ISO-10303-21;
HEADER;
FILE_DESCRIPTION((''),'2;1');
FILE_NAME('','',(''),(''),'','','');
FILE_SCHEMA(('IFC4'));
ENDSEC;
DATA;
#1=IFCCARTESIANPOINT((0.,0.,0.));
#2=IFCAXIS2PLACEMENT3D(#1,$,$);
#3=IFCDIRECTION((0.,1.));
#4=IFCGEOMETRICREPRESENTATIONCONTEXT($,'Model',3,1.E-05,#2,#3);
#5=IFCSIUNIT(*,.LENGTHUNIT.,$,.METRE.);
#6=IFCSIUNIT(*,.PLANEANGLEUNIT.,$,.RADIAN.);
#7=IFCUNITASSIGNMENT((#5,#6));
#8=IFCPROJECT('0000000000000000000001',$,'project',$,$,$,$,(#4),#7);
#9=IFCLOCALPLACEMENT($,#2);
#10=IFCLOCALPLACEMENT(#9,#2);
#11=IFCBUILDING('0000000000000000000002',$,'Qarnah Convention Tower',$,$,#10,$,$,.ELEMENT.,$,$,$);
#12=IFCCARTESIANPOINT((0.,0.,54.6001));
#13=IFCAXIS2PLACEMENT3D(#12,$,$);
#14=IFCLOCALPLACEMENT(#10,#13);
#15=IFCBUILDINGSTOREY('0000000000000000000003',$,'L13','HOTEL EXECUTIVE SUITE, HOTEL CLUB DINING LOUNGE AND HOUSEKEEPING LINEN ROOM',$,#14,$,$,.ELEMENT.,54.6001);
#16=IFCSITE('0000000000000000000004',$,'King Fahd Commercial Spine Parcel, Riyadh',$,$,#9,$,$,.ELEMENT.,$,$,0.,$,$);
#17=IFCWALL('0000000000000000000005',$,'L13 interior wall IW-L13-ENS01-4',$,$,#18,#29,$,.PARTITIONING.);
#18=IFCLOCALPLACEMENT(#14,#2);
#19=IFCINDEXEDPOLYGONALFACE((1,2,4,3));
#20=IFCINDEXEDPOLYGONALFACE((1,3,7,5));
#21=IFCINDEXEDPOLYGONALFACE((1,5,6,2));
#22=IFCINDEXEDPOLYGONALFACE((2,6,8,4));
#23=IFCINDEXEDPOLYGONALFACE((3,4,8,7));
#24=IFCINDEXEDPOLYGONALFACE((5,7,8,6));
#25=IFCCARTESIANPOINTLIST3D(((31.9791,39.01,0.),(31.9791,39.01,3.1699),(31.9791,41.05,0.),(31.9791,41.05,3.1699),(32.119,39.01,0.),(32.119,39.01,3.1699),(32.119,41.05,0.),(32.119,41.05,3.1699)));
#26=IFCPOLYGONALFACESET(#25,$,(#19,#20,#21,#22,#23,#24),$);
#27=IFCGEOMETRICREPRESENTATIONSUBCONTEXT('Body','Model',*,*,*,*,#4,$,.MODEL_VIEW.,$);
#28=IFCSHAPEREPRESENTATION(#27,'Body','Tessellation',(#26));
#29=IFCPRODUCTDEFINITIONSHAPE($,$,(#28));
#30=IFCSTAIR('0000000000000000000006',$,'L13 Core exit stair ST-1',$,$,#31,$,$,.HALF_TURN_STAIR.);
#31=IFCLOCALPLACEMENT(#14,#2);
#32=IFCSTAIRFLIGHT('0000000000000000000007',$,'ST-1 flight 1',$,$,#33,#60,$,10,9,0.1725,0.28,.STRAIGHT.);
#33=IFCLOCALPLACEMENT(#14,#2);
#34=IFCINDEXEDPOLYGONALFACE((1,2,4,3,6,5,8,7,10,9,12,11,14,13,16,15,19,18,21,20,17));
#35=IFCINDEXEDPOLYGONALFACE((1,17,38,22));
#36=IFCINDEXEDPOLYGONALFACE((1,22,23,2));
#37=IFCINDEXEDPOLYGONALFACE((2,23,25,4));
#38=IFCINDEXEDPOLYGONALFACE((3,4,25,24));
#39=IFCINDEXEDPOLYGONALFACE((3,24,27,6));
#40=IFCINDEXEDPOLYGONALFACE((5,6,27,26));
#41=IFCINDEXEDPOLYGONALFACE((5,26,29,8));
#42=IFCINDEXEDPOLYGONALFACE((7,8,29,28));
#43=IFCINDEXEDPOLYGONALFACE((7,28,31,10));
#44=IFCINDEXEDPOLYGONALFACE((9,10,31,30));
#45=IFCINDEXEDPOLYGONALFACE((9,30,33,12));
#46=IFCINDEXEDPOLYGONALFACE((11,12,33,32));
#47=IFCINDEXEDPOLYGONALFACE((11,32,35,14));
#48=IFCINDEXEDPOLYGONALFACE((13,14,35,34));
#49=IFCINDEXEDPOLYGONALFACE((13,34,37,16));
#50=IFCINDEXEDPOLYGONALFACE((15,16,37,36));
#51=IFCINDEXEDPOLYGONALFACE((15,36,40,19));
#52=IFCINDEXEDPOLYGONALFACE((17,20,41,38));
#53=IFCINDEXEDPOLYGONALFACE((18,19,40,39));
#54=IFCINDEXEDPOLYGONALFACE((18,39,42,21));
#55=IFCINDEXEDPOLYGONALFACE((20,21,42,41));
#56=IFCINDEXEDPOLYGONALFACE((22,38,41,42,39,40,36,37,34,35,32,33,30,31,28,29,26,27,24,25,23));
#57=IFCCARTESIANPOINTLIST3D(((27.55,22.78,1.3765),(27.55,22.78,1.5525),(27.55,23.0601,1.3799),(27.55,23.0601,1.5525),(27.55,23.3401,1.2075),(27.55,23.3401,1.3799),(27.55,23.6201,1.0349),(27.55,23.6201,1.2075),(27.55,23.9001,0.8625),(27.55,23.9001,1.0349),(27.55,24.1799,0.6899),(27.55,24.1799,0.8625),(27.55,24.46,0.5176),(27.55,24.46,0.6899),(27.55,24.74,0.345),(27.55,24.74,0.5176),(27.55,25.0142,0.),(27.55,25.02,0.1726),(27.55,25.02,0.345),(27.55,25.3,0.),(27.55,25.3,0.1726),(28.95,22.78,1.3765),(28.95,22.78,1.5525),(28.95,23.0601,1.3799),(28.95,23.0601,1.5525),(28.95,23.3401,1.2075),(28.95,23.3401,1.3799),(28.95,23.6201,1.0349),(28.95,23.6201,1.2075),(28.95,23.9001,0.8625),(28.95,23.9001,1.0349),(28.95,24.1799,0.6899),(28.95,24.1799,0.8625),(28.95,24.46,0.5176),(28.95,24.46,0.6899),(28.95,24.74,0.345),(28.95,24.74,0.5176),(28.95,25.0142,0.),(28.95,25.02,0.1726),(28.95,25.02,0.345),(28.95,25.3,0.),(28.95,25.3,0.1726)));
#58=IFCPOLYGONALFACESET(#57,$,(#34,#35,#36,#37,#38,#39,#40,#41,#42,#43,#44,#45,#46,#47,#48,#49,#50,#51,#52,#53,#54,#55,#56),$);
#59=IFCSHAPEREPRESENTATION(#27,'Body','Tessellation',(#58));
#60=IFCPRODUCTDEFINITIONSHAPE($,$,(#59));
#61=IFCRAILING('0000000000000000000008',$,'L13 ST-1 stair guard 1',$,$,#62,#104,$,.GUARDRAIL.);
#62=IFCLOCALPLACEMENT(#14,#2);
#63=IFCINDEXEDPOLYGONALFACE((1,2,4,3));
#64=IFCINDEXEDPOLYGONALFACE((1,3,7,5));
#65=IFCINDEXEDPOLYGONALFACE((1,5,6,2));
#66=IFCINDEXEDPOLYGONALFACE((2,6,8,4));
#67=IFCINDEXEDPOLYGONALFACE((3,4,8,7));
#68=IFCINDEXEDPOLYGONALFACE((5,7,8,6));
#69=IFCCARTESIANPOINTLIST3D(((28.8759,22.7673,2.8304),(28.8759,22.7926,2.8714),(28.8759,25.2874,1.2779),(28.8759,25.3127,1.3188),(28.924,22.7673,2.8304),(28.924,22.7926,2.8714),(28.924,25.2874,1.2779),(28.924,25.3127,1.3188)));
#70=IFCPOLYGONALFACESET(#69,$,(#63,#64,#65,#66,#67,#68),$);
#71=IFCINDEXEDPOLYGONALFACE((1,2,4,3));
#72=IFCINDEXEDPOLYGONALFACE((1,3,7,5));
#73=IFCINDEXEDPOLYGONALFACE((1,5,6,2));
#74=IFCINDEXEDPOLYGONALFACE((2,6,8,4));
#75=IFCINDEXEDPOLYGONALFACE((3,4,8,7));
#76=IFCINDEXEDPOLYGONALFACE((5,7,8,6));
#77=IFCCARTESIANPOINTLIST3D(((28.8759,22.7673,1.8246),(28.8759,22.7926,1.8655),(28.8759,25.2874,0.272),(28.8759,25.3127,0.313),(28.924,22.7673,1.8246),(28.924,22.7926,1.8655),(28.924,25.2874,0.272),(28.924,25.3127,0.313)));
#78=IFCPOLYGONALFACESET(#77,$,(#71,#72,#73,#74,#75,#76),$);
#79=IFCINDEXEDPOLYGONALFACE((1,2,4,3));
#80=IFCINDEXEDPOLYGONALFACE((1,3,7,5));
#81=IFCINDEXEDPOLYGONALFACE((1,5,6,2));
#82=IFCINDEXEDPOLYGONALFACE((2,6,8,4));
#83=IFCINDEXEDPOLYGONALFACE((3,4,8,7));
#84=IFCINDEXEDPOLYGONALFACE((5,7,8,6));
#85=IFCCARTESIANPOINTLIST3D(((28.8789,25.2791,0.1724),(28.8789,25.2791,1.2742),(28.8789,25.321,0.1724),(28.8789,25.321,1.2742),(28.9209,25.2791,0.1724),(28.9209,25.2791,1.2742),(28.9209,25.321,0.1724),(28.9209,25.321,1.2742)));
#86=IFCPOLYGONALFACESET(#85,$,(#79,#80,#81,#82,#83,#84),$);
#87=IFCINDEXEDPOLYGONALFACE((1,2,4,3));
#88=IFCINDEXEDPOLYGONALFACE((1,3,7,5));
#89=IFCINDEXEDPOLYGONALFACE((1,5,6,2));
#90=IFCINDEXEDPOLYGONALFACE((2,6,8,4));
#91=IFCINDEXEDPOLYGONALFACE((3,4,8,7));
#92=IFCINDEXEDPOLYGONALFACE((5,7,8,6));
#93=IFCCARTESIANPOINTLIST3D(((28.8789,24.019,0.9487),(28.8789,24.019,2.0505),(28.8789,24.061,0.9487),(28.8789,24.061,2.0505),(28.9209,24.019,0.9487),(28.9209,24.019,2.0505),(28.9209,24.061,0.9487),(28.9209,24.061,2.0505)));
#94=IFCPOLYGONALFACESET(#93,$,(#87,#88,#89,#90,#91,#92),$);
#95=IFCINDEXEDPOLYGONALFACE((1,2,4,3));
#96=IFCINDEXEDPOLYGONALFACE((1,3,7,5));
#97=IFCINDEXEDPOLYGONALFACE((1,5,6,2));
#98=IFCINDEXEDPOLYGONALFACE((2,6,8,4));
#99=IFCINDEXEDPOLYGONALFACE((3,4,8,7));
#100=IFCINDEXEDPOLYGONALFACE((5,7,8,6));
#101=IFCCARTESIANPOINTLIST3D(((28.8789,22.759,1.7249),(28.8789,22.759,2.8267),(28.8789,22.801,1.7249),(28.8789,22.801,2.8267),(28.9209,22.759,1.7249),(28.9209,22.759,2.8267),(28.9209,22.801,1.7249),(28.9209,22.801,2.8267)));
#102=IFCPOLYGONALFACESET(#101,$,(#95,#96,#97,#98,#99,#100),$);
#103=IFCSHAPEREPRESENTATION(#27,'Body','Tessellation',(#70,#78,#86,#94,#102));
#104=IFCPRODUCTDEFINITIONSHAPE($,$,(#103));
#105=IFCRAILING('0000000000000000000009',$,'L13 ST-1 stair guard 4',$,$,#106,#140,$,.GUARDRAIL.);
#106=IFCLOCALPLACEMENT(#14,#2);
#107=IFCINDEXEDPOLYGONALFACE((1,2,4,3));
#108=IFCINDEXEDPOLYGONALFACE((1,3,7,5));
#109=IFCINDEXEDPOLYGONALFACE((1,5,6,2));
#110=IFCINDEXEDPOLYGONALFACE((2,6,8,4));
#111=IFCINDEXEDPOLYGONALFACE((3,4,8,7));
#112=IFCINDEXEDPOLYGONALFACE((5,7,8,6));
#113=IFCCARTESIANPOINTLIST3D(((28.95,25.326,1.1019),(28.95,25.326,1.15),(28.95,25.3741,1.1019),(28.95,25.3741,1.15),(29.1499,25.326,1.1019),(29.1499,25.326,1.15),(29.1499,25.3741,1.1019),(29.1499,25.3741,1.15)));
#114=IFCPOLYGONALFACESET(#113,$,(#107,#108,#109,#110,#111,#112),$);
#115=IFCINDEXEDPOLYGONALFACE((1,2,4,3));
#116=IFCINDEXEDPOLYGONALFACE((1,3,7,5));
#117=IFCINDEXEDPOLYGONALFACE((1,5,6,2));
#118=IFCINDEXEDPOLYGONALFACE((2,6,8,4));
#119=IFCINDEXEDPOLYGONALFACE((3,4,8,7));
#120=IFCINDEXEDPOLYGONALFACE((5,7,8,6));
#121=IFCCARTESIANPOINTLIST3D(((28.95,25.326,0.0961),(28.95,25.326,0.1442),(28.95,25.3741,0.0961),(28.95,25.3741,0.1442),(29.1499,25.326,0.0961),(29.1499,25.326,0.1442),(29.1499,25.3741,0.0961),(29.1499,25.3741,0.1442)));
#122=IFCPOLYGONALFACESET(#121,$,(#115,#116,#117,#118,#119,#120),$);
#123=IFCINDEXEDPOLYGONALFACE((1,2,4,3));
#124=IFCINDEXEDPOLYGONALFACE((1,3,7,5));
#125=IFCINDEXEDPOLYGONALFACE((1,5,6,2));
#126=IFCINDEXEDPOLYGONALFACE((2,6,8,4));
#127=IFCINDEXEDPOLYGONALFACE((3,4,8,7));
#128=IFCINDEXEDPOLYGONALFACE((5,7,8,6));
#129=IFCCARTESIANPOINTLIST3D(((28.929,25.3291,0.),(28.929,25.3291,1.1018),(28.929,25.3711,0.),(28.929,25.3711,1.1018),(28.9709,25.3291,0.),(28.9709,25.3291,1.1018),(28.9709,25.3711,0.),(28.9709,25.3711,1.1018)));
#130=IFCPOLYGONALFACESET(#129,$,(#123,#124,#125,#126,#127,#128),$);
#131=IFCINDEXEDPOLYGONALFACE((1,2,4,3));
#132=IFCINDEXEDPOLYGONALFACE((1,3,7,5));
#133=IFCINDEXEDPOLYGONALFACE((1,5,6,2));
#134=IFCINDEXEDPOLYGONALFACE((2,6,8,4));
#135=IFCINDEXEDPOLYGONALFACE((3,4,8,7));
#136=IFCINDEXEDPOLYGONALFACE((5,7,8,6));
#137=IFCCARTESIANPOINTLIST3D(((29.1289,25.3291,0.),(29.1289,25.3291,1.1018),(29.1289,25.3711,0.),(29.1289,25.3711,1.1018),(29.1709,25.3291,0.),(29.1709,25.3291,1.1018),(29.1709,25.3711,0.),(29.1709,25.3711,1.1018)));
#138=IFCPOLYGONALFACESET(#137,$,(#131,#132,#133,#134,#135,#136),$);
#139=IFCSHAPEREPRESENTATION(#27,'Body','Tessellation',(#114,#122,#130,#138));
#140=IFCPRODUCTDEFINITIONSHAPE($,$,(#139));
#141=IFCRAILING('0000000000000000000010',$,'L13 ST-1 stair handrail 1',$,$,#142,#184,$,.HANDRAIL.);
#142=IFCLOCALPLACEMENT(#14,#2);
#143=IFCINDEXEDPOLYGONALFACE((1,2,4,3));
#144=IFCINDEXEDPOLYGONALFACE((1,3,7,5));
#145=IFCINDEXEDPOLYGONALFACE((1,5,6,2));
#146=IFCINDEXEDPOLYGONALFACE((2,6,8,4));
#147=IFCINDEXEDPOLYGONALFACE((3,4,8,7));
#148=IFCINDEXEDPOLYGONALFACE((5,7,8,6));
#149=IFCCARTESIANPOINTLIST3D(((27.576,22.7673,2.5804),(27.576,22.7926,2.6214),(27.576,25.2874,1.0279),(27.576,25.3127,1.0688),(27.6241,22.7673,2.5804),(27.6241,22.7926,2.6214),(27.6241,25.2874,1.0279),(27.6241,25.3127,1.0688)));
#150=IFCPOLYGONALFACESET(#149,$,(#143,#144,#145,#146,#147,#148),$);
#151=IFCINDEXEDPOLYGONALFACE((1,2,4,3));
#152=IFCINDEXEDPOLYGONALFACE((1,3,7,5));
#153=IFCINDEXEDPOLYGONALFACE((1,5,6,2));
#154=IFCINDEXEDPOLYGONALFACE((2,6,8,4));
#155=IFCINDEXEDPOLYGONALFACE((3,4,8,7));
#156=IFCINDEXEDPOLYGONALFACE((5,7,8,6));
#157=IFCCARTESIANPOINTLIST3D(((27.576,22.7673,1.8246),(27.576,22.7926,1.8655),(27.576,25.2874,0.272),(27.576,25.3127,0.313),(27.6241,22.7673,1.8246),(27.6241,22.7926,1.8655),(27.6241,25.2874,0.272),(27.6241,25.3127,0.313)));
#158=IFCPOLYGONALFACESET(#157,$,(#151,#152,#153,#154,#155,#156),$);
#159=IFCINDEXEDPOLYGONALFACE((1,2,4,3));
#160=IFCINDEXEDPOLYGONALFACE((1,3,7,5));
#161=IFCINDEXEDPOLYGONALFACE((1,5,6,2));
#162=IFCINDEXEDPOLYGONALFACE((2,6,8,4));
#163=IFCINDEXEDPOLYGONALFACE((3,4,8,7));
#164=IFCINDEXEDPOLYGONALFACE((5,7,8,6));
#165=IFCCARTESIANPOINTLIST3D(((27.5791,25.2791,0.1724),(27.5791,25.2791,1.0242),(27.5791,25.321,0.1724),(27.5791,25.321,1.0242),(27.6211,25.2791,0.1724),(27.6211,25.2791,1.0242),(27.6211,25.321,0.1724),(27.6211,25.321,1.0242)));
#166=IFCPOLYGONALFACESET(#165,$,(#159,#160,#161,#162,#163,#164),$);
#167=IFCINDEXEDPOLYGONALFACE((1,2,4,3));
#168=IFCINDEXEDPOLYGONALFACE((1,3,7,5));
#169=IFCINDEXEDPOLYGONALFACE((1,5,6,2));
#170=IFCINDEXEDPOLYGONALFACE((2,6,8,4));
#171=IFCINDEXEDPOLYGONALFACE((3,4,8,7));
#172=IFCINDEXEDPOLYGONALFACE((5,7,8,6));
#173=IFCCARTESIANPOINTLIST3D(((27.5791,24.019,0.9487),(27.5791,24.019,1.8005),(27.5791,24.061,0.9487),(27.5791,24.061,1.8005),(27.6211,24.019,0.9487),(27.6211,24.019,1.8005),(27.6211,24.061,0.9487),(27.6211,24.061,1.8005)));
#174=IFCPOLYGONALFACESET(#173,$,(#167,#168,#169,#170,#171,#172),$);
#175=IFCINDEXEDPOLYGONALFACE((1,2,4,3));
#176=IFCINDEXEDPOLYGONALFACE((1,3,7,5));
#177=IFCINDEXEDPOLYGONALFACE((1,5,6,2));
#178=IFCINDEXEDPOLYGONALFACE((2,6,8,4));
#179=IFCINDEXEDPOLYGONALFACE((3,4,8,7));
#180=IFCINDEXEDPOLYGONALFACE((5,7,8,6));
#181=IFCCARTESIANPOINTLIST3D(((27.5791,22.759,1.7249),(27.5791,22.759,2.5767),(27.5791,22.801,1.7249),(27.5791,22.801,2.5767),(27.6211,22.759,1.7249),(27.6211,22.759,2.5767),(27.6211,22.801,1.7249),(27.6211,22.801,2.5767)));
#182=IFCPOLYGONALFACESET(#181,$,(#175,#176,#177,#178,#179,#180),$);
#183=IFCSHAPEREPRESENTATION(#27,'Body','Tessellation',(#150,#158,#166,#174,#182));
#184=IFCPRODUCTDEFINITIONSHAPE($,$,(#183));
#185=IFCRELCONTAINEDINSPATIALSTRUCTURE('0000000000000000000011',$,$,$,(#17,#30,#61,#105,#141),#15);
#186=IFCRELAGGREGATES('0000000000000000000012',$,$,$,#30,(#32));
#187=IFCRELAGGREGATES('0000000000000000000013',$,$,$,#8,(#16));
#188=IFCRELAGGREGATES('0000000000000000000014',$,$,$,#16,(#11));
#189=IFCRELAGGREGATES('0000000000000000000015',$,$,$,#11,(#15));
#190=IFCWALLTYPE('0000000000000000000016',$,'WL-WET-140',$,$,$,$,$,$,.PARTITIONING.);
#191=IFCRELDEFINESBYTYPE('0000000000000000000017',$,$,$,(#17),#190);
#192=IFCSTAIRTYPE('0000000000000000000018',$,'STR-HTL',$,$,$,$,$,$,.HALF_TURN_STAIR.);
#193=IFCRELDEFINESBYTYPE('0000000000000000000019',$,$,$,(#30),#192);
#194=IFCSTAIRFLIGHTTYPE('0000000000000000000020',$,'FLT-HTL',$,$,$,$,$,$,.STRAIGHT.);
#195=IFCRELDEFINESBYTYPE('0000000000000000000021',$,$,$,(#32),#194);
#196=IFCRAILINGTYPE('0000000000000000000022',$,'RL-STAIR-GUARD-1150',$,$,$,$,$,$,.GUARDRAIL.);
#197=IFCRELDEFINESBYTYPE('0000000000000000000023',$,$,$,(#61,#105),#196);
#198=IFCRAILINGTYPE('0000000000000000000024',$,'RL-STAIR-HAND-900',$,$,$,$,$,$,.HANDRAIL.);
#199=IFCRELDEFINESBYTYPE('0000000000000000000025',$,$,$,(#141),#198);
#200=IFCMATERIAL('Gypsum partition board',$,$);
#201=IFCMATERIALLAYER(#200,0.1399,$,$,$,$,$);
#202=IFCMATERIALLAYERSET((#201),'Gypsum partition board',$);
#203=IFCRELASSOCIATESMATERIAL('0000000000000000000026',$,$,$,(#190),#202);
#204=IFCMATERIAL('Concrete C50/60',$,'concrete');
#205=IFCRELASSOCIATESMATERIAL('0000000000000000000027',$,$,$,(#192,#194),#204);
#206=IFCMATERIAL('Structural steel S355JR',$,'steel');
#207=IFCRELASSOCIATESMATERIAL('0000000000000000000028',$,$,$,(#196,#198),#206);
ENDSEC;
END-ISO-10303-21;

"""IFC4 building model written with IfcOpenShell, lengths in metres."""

from ifc_helpers import new_model, si_unit, direction, frame, frame_2d, origin, origin_2d, place, context, subcontext, project, spatial, polyline, rectangle, outline, extrude, material, layer, layer_set, type_object, element, aggregate, save


model = new_model("IFC4")

# Units and contexts
model_context = context("Model", 3, precision=1e-05, world=origin(), true_north=direction((0.0, 1.0)))
body_context = subcontext(model_context, "Body", "Model", "MODEL_VIEW")
ifc_project = project(units=[si_unit("LENGTHUNIT", "METRE"), si_unit("PLANEANGLEUNIT", "RADIAN")], contexts=[model_context])

# Site, building, storey
site_placement = place(None, origin())
site = spatial("IfcSite", under=ifc_project, at=site_placement, Name="King Fahd Commercial Spine Parcel, Riyadh", CompositionType="ELEMENT", RefElevation=0.0)
building_placement = place(site_placement, origin())
building = spatial("IfcBuilding", under=site, at=building_placement, Name="Qarnah Convention Tower", CompositionType="ELEMENT")
storey_placement = place(building_placement, frame((0.0, 0.0, 54.6001)))
storey = spatial("IfcBuildingStorey", under=building, at=storey_placement, Name="L13", Description="HOTEL EXECUTIVE SUITE, HOTEL CLUB DINING LOUNGE AND HOUSEKEEPING LINEN ROOM", CompositionType="ELEMENT", Elevation=54.6001)

# Shared definitions
ifc_material_1 = material(Name="Structural steel S355JR", Category="steel")

# Shared definitions
ifc_material_2 = material(Name="Gypsum partition board")
ifc_layer_1 = layer(ifc_material_2, 0.1399)
ifc_layer_set_1 = layer_set([ifc_layer_1], Name="Gypsum partition board")
wall_type_1 = type_object("IfcWallType", Name="WL-WET-140", PredefinedType="PARTITIONING", material=ifc_layer_set_1)

# Wall
wall_1_placement = place(storey_placement, frame((32.0491, 41.05, 0.0), z_axis=(0.0, 0.0, 1.0), x_axis=(0.0, -1.0, 0.0)))
element("IfcWall", 1, at=wall_1_placement, inside=storey, type_object=wall_type_1, Name="L13 interior wall IW-L13-ENS01-4", PredefinedType="PARTITIONING", context=body_context, shape_type="SweptSolid", body=[
    extrude(rectangle(XDim=2.04, YDim=0.1399, at=frame_2d((1.02, 0.0))), origin(), (0.0, 0.0, 1.0), 3.1699),
])

# Stair, stair flight
ifc_material_3 = material(Name="Concrete C50/60", Category="concrete")
stair_type = type_object("IfcStairType", Name="STR-HTL", PredefinedType="HALF_TURN_STAIR", material=ifc_material_3)
stair_placement = place(storey_placement, origin())
stair = element("IfcStair", 2, at=stair_placement, inside=storey, type_object=stair_type, Name="L13 Core exit stair ST-1", PredefinedType="HALF_TURN_STAIR")
stair_flight_type = type_object("IfcStairFlightType", Name="FLT-HTL", PredefinedType="STRAIGHT", material=ifc_material_3)
stair_flight_placement = place(storey_placement, frame((28.25, 25.3, 0.0), z_axis=(0.0, 0.0, 1.0), x_axis=(0.0, -1.0, 0.0)))
stair_flight = element("IfcStairFlight", 3, at=stair_flight_placement, type_object=stair_flight_type, Name="ST-1 flight 1", NumberOfRisers=10, NumberOfTreads=9, PredefinedType="STRAIGHT", RiserHeight=0.1725, TreadLength=0.28, context=body_context, shape_type="SweptSolid", body=[
    extrude(outline(polyline([(0.0, 0.0), (0.0, 0.1726), (0.28, 0.1726), (0.28, 0.345), (0.5601, 0.345), (0.5601, 0.5176), (0.8401, 0.5176), (0.8401, 0.6899), (1.1201, 0.6899), (1.1201, 0.8625), (1.3999, 0.8625), (1.3999, 1.0349), (1.6799, 1.0349), (1.6799, 1.2075), (1.96, 1.2075), (1.96, 1.3799), (2.24, 1.3799), (2.24, 1.5525), (2.52, 1.5525), (2.52, 1.7251), (2.52, 1.3765), (0.2859, 0.0), (0.0, 0.0)])), frame((0.0, 0.7, 0.0), z_axis=(0.0, -1.0, 0.0), x_axis=(1.0, 0.0, 0.0)), (0.0, 0.0, 1.0), 1.3999),
])
aggregate(stair, [stair_flight])

# Railings
railing_type_1 = type_object("IfcRailingType", Name="RL-STAIR-GUARD-1150", PredefinedType="GUARDRAIL", material=ifc_material_1)
railing_1_placement = place(storey_placement, frame((28.8999, 25.3, 0.1724)))
element("IfcRailing", 4, at=railing_1_placement, inside=storey, type_object=railing_type_1, Name="L13 ST-1 stair guard 1", PredefinedType="GUARDRAIL", context=body_context, shape_type="SweptSolid", body=[
    extrude(rectangle(XDim=0.0481, YDim=0.0481, at=origin_2d()), frame((0.0, 0.0, 1.126), z_axis=(0.0, -0.8514, 0.524516), x_axis=(1.0, 0.0, 0.0)), (0.0, 0.0, 1.0), 2.96),
    extrude(rectangle(XDim=0.0481, YDim=0.0481, at=origin_2d()), frame((0.0, 0.0, 0.1201), z_axis=(0.0, -0.8514, 0.524516), x_axis=(1.0, 0.0, 0.0)), (0.0, 0.0, 1.0), 2.96),
    extrude(rectangle(XDim=0.042, YDim=0.042, at=origin_2d()), origin(), (0.0, 0.0, 1.0), 1.1018),
    extrude(rectangle(XDim=0.042, YDim=0.042, at=origin_2d()), frame((0.0, -1.26, 0.7764)), (0.0, 0.0, 1.0), 1.1018),
    extrude(rectangle(XDim=0.042, YDim=0.042, at=origin_2d()), frame((0.0, -2.52, 1.5525)), (0.0, 0.0, 1.0), 1.1018),
])
railing_2_placement = place(storey_placement, frame((28.95, 25.3501, 0.0)))
element("IfcRailing", 5, at=railing_2_placement, inside=storey, type_object=railing_type_1, Name="L13 ST-1 stair guard 4", PredefinedType="GUARDRAIL", context=body_context, shape_type="SweptSolid", body=[
    extrude(rectangle(XDim=0.0481, YDim=0.0481, at=origin_2d()), frame((0.0, 0.0, 1.126), z_axis=(1.0, 0.0, 0.0), x_axis=(0.0, 1.0, 0.0)), (0.0, 0.0, 1.0), 0.2),
    extrude(rectangle(XDim=0.0481, YDim=0.0481, at=origin_2d()), frame((0.0, 0.0, 0.1201), z_axis=(1.0, 0.0, 0.0), x_axis=(0.0, 1.0, 0.0)), (0.0, 0.0, 1.0), 0.2),
    extrude(rectangle(XDim=0.042, YDim=0.042, at=origin_2d()), origin(), (0.0, 0.0, 1.0), 1.1018),
    extrude(rectangle(XDim=0.042, YDim=0.042, at=origin_2d()), frame((0.2, 0.0, 0.0)), (0.0, 0.0, 1.0), 1.1018),
])
railing_type_2 = type_object("IfcRailingType", Name="RL-STAIR-HAND-900", PredefinedType="HANDRAIL", material=ifc_material_1)
railing_3_placement = place(storey_placement, frame((27.6001, 25.3, 0.1724)))
element("IfcRailing", 6, at=railing_3_placement, inside=storey, type_object=railing_type_2, Name="L13 ST-1 stair handrail 1", PredefinedType="HANDRAIL", context=body_context, shape_type="SweptSolid", body=[
    extrude(rectangle(XDim=0.0481, YDim=0.0481, at=origin_2d()), frame((0.0, 0.0, 0.876), z_axis=(0.0, -0.8514, 0.524516), x_axis=(1.0, 0.0, 0.0)), (0.0, 0.0, 1.0), 2.96),
    extrude(rectangle(XDim=0.0481, YDim=0.0481, at=origin_2d()), frame((0.0, 0.0, 0.1201), z_axis=(0.0, -0.8514, 0.524516), x_axis=(1.0, 0.0, 0.0)), (0.0, 0.0, 1.0), 2.96),
    extrude(rectangle(XDim=0.042, YDim=0.042, at=origin_2d()), origin(), (0.0, 0.0, 1.0), 0.8518),
    extrude(rectangle(XDim=0.042, YDim=0.042, at=origin_2d()), frame((0.0, -1.26, 0.7764)), (0.0, 0.0, 1.0), 0.8518),
    extrude(rectangle(XDim=0.042, YDim=0.042, at=origin_2d()), frame((0.0, -2.52, 1.5525)), (0.0, 0.0, 1.0), 0.8518),
])

save(model, "model.ifc")
